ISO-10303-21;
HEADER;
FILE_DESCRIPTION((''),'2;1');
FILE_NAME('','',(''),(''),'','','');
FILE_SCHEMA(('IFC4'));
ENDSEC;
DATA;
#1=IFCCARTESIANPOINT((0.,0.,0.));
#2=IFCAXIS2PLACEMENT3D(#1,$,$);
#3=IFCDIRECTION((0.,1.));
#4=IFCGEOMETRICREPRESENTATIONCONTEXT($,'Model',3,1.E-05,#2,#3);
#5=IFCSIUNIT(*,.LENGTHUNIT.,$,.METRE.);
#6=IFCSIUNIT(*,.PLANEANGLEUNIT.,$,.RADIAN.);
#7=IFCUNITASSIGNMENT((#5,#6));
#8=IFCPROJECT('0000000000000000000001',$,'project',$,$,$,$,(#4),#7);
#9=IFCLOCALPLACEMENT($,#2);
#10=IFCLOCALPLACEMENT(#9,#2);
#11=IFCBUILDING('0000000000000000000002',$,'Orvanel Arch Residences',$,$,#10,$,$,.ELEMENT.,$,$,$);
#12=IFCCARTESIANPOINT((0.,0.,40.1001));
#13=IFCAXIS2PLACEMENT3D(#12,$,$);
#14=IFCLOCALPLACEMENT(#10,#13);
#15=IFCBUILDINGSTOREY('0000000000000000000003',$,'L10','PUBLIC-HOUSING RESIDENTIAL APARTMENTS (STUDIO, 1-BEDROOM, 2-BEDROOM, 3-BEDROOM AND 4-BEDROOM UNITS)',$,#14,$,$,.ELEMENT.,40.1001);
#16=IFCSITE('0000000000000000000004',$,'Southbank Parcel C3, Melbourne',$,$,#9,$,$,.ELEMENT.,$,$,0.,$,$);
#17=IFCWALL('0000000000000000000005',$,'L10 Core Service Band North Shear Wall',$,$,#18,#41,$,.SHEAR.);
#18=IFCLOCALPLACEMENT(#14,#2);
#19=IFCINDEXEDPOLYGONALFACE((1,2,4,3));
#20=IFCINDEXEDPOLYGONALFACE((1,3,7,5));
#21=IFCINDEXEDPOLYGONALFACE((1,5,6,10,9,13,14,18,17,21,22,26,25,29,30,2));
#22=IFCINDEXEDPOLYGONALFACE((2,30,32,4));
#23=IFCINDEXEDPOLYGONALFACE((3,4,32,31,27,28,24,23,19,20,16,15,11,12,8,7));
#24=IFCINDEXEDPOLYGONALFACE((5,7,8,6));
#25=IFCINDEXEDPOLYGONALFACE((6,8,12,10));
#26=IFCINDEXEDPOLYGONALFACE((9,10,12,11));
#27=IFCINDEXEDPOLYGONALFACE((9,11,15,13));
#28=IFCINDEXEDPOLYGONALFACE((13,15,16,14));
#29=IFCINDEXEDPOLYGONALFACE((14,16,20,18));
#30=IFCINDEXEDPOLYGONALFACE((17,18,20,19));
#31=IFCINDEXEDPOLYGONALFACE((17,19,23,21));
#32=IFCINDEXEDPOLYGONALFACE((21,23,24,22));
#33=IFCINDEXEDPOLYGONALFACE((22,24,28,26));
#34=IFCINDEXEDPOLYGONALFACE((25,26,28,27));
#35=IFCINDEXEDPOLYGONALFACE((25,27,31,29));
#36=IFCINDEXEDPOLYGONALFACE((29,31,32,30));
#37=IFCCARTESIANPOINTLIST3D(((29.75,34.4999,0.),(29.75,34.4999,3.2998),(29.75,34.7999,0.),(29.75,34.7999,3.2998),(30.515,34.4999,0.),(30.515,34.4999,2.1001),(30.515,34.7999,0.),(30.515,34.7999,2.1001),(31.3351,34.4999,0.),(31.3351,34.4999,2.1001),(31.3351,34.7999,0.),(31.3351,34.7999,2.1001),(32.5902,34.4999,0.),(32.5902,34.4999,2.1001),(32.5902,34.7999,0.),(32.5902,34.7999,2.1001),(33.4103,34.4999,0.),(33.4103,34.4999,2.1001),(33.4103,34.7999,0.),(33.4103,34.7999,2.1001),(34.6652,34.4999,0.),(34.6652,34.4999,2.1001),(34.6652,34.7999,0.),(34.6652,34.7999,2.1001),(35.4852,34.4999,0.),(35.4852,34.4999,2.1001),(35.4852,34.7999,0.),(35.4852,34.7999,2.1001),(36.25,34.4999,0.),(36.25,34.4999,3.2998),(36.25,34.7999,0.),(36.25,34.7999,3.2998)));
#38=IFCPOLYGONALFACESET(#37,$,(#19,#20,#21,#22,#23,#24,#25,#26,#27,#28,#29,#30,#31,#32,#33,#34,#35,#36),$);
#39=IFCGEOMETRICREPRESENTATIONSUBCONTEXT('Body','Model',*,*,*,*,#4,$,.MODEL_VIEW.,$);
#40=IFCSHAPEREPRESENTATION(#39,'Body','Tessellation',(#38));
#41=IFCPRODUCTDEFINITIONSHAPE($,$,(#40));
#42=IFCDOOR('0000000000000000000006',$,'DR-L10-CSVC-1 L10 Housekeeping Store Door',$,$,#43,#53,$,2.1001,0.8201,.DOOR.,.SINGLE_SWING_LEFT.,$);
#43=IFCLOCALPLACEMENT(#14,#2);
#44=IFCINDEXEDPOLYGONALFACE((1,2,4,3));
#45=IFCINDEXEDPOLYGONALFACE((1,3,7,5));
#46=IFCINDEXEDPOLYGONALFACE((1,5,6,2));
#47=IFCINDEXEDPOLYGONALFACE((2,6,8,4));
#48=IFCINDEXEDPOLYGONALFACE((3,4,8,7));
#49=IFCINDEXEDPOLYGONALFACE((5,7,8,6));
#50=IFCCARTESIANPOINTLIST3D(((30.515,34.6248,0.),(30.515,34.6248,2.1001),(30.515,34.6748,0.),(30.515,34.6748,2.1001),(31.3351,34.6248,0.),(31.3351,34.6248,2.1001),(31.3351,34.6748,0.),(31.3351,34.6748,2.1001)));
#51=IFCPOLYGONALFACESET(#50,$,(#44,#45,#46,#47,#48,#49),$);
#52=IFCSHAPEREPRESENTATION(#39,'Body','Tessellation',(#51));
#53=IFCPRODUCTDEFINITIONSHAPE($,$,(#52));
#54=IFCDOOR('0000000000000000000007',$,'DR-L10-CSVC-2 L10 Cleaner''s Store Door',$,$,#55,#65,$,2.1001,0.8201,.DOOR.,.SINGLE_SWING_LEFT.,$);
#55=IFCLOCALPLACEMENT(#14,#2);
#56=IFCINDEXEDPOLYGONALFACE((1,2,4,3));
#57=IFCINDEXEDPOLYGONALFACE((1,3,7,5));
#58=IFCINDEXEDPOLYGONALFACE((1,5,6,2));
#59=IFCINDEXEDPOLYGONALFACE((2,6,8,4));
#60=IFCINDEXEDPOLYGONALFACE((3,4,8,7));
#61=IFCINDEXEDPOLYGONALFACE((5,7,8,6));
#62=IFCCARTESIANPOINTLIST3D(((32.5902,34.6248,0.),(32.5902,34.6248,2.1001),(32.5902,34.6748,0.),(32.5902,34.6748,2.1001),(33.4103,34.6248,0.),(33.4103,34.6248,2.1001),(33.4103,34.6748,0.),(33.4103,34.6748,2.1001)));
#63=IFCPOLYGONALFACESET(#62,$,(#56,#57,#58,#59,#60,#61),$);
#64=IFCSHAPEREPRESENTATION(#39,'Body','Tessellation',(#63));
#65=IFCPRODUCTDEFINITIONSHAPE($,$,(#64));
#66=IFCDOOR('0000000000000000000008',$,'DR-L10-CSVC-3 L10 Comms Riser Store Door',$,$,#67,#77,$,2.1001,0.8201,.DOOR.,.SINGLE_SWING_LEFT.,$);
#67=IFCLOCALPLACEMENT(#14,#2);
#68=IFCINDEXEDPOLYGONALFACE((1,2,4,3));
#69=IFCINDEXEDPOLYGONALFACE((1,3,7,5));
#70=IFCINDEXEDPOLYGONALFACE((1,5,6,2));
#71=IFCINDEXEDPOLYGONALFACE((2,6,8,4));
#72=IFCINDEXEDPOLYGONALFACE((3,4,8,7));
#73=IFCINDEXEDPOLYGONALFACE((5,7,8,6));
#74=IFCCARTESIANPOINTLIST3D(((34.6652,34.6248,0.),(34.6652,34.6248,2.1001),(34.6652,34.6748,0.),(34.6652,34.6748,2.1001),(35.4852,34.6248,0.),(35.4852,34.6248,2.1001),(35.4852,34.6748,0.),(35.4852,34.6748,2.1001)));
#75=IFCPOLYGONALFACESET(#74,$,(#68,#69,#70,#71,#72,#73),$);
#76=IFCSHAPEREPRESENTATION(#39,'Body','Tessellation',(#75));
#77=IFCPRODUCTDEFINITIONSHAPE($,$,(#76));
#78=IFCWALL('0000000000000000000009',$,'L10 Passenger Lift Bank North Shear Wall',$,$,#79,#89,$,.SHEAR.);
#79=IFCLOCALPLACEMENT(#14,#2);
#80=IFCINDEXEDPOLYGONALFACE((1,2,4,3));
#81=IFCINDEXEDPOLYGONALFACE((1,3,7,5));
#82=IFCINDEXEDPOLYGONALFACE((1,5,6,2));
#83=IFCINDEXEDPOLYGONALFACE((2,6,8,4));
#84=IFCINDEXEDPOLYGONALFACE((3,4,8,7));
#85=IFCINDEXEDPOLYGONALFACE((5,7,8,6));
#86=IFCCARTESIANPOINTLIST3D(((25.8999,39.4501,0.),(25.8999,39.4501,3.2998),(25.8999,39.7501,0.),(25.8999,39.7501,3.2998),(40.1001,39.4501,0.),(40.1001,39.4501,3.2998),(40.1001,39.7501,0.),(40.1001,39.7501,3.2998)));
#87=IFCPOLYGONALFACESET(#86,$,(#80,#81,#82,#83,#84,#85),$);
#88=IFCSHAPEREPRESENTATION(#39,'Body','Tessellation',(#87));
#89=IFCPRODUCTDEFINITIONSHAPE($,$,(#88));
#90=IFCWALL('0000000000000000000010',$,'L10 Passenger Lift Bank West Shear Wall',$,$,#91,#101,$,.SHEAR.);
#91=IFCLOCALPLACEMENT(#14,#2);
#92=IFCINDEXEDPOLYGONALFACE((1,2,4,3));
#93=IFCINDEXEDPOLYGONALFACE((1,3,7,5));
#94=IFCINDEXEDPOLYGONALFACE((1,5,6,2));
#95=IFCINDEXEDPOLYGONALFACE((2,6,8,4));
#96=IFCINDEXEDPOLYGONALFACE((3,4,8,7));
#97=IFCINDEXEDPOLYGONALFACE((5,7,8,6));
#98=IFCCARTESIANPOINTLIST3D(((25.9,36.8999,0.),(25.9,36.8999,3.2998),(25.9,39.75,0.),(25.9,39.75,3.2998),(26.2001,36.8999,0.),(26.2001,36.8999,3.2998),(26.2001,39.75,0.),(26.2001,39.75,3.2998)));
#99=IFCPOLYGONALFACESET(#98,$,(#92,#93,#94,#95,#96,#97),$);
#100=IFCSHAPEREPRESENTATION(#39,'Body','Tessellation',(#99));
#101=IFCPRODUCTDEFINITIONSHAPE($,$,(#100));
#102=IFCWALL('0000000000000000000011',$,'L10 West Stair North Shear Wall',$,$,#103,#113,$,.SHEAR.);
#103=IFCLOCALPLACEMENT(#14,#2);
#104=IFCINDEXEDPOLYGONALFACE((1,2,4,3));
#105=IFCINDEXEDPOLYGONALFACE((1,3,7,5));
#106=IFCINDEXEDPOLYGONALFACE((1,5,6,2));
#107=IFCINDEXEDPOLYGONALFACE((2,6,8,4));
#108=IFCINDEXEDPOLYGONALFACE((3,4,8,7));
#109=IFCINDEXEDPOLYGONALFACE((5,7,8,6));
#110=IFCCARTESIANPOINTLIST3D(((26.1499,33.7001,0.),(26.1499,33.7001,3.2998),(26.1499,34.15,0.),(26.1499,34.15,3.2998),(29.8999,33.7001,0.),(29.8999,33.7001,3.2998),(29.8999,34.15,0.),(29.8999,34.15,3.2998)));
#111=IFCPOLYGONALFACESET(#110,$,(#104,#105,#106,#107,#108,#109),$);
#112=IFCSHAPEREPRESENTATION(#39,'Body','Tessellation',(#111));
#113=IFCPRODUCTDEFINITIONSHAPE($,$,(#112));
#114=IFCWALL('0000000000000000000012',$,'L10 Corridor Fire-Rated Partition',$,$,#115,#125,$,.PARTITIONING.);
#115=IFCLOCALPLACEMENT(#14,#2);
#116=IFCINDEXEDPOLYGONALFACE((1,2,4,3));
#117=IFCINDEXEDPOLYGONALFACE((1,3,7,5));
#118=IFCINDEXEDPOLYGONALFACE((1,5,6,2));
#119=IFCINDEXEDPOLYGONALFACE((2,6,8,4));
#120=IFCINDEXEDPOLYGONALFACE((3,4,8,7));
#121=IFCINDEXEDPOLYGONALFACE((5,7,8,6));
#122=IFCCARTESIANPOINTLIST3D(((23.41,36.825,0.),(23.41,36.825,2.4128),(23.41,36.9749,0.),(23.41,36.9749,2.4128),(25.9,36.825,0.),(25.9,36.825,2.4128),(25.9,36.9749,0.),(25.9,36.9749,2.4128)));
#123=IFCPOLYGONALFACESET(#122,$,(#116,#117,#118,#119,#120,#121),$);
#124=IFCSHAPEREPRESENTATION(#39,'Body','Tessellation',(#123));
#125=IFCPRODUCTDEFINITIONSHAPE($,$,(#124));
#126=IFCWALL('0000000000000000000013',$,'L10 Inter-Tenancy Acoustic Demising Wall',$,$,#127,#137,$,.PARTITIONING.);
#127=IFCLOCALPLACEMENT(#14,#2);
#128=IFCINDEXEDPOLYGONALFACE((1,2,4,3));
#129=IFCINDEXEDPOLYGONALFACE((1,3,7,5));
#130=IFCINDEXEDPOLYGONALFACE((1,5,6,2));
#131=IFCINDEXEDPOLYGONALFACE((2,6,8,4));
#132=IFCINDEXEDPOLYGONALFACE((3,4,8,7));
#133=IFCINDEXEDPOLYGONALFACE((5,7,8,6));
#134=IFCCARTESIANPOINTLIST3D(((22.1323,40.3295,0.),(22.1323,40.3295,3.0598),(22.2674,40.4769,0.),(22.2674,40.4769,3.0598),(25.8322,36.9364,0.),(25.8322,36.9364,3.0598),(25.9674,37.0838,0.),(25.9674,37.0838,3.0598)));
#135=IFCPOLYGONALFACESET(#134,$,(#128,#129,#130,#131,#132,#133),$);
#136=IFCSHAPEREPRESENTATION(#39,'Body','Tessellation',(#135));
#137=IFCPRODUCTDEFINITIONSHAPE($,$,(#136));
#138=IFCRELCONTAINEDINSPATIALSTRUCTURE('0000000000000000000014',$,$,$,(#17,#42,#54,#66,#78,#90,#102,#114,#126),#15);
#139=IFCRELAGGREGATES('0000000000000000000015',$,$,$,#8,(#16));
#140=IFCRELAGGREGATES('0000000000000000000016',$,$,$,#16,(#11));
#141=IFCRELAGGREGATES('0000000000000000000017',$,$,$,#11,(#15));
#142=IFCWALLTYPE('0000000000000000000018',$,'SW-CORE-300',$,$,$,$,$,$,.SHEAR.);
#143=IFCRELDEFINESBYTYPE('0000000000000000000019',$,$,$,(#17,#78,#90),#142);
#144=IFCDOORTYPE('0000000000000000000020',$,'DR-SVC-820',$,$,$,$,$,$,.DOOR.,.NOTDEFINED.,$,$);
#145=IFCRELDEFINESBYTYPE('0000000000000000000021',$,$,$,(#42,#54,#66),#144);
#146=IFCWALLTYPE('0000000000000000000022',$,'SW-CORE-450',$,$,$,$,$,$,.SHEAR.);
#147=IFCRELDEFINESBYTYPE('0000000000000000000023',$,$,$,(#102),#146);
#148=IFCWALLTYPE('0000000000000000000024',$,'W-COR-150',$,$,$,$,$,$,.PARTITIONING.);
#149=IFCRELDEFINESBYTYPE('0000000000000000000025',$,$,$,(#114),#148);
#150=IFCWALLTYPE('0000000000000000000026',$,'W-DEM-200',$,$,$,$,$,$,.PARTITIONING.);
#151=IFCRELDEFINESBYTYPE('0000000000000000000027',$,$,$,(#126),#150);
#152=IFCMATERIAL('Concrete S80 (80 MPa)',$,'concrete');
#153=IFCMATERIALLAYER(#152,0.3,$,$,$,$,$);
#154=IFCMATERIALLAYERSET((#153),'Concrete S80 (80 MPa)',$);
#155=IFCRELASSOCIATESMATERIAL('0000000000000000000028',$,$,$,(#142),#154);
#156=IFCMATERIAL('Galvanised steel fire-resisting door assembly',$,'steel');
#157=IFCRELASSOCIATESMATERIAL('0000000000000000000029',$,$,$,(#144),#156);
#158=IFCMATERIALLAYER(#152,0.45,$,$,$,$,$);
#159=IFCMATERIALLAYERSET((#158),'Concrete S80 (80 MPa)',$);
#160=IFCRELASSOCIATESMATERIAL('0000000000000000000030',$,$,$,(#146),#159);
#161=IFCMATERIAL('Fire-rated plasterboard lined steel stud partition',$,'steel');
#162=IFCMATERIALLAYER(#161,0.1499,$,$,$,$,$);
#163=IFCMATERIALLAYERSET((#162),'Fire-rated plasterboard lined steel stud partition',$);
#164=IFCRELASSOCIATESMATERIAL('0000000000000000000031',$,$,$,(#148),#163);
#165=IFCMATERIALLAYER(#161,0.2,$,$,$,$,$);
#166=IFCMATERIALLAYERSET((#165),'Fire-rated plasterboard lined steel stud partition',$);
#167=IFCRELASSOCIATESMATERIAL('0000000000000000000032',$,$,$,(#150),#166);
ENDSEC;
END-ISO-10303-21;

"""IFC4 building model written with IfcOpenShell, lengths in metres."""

from ifc_helpers import new_model, si_unit, direction, frame, frame_2d, origin, place, context, subcontext, project, spatial, rectangle, extrude, material, layer, layer_set, type_object, element, fill, save


model = new_model("IFC4")

# Units and contexts
model_context = context("Model", 3, precision=1e-05, world=origin(), true_north=direction((0.0, 1.0)))
body_context = subcontext(model_context, "Body", "Model", "MODEL_VIEW")
ifc_project = project(units=[si_unit("LENGTHUNIT", "METRE"), si_unit("PLANEANGLEUNIT", "RADIAN")], contexts=[model_context])

# Site, building, storey
site_placement = place(None, origin())
site = spatial("IfcSite", under=ifc_project, at=site_placement, Name="Southbank Parcel C3, Melbourne", CompositionType="ELEMENT", RefElevation=0.0)
building_placement = place(site_placement, origin())
building = spatial("IfcBuilding", under=site, at=building_placement, Name="Orvanel Arch Residences", CompositionType="ELEMENT")
storey_placement = place(building_placement, frame((0.0, 0.0, 40.1001)))
storey = spatial("IfcBuildingStorey", under=building, at=storey_placement, Name="L10", Description="PUBLIC-HOUSING RESIDENTIAL APARTMENTS (STUDIO, 1-BEDROOM, 2-BEDROOM, 3-BEDROOM AND 4-BEDROOM UNITS)", CompositionType="ELEMENT", Elevation=40.1001)

# Wall, openings, doors
ifc_material_1 = material(Name="Concrete S80 (80 MPa)", Category="concrete")
ifc_layer_1 = layer(ifc_material_1, 0.3)
ifc_layer_set_1 = layer_set([ifc_layer_1], Name="Concrete S80 (80 MPa)")
wall_type_1 = type_object("IfcWallType", Name="SW-CORE-300", PredefinedType="SHEAR", material=ifc_layer_set_1)
wall_1_placement = place(storey_placement, frame((29.75, 34.6499, 0.0), z_axis=(0.0, 0.0, 1.0), x_axis=(1.0, 0.0, 0.0)))
wall_1 = element("IfcWall", 1, at=wall_1_placement, inside=storey, type_object=wall_type_1, Name="L10 Core Service Band North Shear Wall", PredefinedType="SHEAR", context=body_context, shape_type="SweptSolid", body=[
    extrude(rectangle(XDim=6.5, YDim=0.3, at=frame_2d((3.25, 0.0))), origin(), (0.0, 0.0, 1.0), 3.2998),
])
opening_1_placement = place(wall_1_placement, frame((0.7649, 0.0, 0.0)))
opening_1 = element("IfcOpeningElement", 2, at=opening_1_placement, cuts=wall_1, PredefinedType="OPENING", context=body_context, shape_type="SweptSolid", body=[
    extrude(rectangle(XDim=0.8201, YDim=2.1001, at=frame_2d((0.4102, 1.05))), frame((0.0, 0.1599, 0.0), z_axis=(0.0, -1.0, 0.0), x_axis=(1.0, 0.0, 0.0)), (0.0, 0.0, 1.0), 0.3201),
])
opening_2_placement = place(wall_1_placement, frame((2.8401, 0.0, 0.0)))
opening_2 = element("IfcOpeningElement", 3, at=opening_2_placement, cuts=wall_1, PredefinedType="OPENING", context=body_context, shape_type="SweptSolid", body=[
    extrude(rectangle(XDim=0.8201, YDim=2.1001, at=frame_2d((0.4102, 1.05))), frame((0.0, 0.1599, 0.0), z_axis=(0.0, -1.0, 0.0), x_axis=(1.0, 0.0, 0.0)), (0.0, 0.0, 1.0), 0.3201),
])
opening_3_placement = place(wall_1_placement, frame((4.915, 0.0, 0.0)))
opening_3 = element("IfcOpeningElement", 4, at=opening_3_placement, cuts=wall_1, PredefinedType="OPENING", context=body_context, shape_type="SweptSolid", body=[
    extrude(rectangle(XDim=0.8201, YDim=2.1001, at=frame_2d((0.4102, 1.05))), frame((0.0, 0.1599, 0.0), z_axis=(0.0, -1.0, 0.0), x_axis=(1.0, 0.0, 0.0)), (0.0, 0.0, 1.0), 0.3201),
])
ifc_material_2 = material(Name="Galvanised steel fire-resisting door assembly", Category="steel")
door_type_1 = type_object("IfcDoorType", Name="DR-SVC-820", OperationType="NOTDEFINED", PredefinedType="DOOR", material=ifc_material_2)
door_1_placement = place(opening_1_placement, origin())
door_1 = element("IfcDoor", 5, at=door_1_placement, inside=storey, type_object=door_type_1, Name="DR-L10-CSVC-1 L10 Housekeeping Store Door", OperationType="SINGLE_SWING_LEFT", OverallHeight=2.1001, OverallWidth=0.8201, PredefinedType="DOOR", context=body_context, shape_type="SweptSolid", body=[
    extrude(rectangle(XDim=0.8201, YDim=2.1001, at=frame_2d((0.4102, 1.05))), frame((0.0, 0.0249, 0.0), z_axis=(0.0, -1.0, 0.0), x_axis=(1.0, 0.0, 0.0)), (0.0, 0.0, 1.0), 0.05),
])
fill(opening_1, door_1)
door_2_placement = place(opening_2_placement, origin())
door_2 = element("IfcDoor", 6, at=door_2_placement, inside=storey, type_object=door_type_1, Name="DR-L10-CSVC-2 L10 Cleaner's Store Door", OperationType="SINGLE_SWING_LEFT", OverallHeight=2.1001, OverallWidth=0.8201, PredefinedType="DOOR", context=body_context, shape_type="SweptSolid", body=[
    extrude(rectangle(XDim=0.8201, YDim=2.1001, at=frame_2d((0.4102, 1.05))), frame((0.0, 0.0249, 0.0), z_axis=(0.0, -1.0, 0.0), x_axis=(1.0, 0.0, 0.0)), (0.0, 0.0, 1.0), 0.05),
])
fill(opening_2, door_2)
door_3_placement = place(opening_3_placement, origin())
door_3 = element("IfcDoor", 7, at=door_3_placement, inside=storey, type_object=door_type_1, Name="DR-L10-CSVC-3 L10 Comms Riser Store Door", OperationType="SINGLE_SWING_LEFT", OverallHeight=2.1001, OverallWidth=0.8201, PredefinedType="DOOR", context=body_context, shape_type="SweptSolid", body=[
    extrude(rectangle(XDim=0.8201, YDim=2.1001, at=frame_2d((0.4102, 1.05))), frame((0.0, 0.0249, 0.0), z_axis=(0.0, -1.0, 0.0), x_axis=(1.0, 0.0, 0.0)), (0.0, 0.0, 1.0), 0.05),
])
fill(opening_3, door_3)

# Walls
wall_2_placement = place(storey_placement, frame((25.8999, 39.6001, 0.0), z_axis=(0.0, 0.0, 1.0), x_axis=(1.0, 0.0, 0.0)))
element("IfcWall", 8, at=wall_2_placement, inside=storey, type_object=wall_type_1, Name="L10 Passenger Lift Bank North Shear Wall", PredefinedType="SHEAR", context=body_context, shape_type="SweptSolid", body=[
    extrude(rectangle(XDim=14.2002, YDim=0.3, at=frame_2d((7.1001, 0.0))), origin(), (0.0, 0.0, 1.0), 3.2998),
])
wall_3_placement = place(storey_placement, frame((26.05, 36.8999, 0.0), z_axis=(0.0, 0.0, 1.0), x_axis=(0.0, 1.0, 0.0)))
element("IfcWall", 9, at=wall_3_placement, inside=storey, type_object=wall_type_1, Name="L10 Passenger Lift Bank West Shear Wall", PredefinedType="SHEAR", context=body_context, shape_type="SweptSolid", body=[
    extrude(rectangle(XDim=2.8501, YDim=0.3, at=frame_2d((1.425, 0.0))), origin(), (0.0, 0.0, 1.0), 3.2998),
])
ifc_layer_2 = layer(ifc_material_1, 0.45)
ifc_layer_set_2 = layer_set([ifc_layer_2], Name="Concrete S80 (80 MPa)")
wall_type_2 = type_object("IfcWallType", Name="SW-CORE-450", PredefinedType="SHEAR", material=ifc_layer_set_2)
wall_4_placement = place(storey_placement, frame((26.1499, 33.925, 0.0), z_axis=(0.0, 0.0, 1.0), x_axis=(1.0, 0.0, 0.0)))
element("IfcWall", 10, at=wall_4_placement, inside=storey, type_object=wall_type_2, Name="L10 West Stair North Shear Wall", PredefinedType="SHEAR", context=body_context, shape_type="SweptSolid", body=[
    extrude(rectangle(XDim=3.75, YDim=0.45, at=frame_2d((1.875, 0.0))), origin(), (0.0, 0.0, 1.0), 3.2998),
])
ifc_material_3 = material(Name="Fire-rated plasterboard lined steel stud partition", Category="steel")
ifc_layer_3 = layer(ifc_material_3, 0.1499)
ifc_layer_set_3 = layer_set([ifc_layer_3], Name="Fire-rated plasterboard lined steel stud partition")
wall_type_3 = type_object("IfcWallType", Name="W-COR-150", PredefinedType="PARTITIONING", material=ifc_layer_set_3)
wall_5_placement = place(storey_placement, frame((23.4099, 36.8999, 0.0), z_axis=(0.0, 0.0, 1.0), x_axis=(1.0, 0.0, 0.0)))
element("IfcWall", 11, at=wall_5_placement, inside=storey, type_object=wall_type_3, Name="L10 Corridor Fire-Rated Partition", PredefinedType="PARTITIONING", context=body_context, shape_type="SweptSolid", body=[
    extrude(rectangle(XDim=2.49, YDim=0.1499, at=frame_2d((1.2451, 0.0))), origin(), (0.0, 0.0, 1.0), 2.4128),
])
ifc_layer_4 = layer(ifc_material_3, 0.2)
ifc_layer_set_4 = layer_set([ifc_layer_4], Name="Fire-rated plasterboard lined steel stud partition")
wall_type_4 = type_object("IfcWallType", Name="W-DEM-200", PredefinedType="PARTITIONING", material=ifc_layer_set_4)
wall_6_placement = place(storey_placement, frame((25.8999, 37.01, 0.0), z_axis=(0.0, 0.0, 1.0), x_axis=(-0.737011, 0.675881, 0.0)))
element("IfcWall", 12, at=wall_6_placement, inside=storey, type_object=wall_type_4, Name="L10 Inter-Tenancy Acoustic Demising Wall", PredefinedType="PARTITIONING", context=body_context, shape_type="SweptSolid", body=[
    extrude(rectangle(XDim=5.0203, YDim=0.2, at=frame_2d((2.5103, 0.0))), origin(), (0.0, 0.0, 1.0), 3.0598),
])

save(model, "model.ifc")
